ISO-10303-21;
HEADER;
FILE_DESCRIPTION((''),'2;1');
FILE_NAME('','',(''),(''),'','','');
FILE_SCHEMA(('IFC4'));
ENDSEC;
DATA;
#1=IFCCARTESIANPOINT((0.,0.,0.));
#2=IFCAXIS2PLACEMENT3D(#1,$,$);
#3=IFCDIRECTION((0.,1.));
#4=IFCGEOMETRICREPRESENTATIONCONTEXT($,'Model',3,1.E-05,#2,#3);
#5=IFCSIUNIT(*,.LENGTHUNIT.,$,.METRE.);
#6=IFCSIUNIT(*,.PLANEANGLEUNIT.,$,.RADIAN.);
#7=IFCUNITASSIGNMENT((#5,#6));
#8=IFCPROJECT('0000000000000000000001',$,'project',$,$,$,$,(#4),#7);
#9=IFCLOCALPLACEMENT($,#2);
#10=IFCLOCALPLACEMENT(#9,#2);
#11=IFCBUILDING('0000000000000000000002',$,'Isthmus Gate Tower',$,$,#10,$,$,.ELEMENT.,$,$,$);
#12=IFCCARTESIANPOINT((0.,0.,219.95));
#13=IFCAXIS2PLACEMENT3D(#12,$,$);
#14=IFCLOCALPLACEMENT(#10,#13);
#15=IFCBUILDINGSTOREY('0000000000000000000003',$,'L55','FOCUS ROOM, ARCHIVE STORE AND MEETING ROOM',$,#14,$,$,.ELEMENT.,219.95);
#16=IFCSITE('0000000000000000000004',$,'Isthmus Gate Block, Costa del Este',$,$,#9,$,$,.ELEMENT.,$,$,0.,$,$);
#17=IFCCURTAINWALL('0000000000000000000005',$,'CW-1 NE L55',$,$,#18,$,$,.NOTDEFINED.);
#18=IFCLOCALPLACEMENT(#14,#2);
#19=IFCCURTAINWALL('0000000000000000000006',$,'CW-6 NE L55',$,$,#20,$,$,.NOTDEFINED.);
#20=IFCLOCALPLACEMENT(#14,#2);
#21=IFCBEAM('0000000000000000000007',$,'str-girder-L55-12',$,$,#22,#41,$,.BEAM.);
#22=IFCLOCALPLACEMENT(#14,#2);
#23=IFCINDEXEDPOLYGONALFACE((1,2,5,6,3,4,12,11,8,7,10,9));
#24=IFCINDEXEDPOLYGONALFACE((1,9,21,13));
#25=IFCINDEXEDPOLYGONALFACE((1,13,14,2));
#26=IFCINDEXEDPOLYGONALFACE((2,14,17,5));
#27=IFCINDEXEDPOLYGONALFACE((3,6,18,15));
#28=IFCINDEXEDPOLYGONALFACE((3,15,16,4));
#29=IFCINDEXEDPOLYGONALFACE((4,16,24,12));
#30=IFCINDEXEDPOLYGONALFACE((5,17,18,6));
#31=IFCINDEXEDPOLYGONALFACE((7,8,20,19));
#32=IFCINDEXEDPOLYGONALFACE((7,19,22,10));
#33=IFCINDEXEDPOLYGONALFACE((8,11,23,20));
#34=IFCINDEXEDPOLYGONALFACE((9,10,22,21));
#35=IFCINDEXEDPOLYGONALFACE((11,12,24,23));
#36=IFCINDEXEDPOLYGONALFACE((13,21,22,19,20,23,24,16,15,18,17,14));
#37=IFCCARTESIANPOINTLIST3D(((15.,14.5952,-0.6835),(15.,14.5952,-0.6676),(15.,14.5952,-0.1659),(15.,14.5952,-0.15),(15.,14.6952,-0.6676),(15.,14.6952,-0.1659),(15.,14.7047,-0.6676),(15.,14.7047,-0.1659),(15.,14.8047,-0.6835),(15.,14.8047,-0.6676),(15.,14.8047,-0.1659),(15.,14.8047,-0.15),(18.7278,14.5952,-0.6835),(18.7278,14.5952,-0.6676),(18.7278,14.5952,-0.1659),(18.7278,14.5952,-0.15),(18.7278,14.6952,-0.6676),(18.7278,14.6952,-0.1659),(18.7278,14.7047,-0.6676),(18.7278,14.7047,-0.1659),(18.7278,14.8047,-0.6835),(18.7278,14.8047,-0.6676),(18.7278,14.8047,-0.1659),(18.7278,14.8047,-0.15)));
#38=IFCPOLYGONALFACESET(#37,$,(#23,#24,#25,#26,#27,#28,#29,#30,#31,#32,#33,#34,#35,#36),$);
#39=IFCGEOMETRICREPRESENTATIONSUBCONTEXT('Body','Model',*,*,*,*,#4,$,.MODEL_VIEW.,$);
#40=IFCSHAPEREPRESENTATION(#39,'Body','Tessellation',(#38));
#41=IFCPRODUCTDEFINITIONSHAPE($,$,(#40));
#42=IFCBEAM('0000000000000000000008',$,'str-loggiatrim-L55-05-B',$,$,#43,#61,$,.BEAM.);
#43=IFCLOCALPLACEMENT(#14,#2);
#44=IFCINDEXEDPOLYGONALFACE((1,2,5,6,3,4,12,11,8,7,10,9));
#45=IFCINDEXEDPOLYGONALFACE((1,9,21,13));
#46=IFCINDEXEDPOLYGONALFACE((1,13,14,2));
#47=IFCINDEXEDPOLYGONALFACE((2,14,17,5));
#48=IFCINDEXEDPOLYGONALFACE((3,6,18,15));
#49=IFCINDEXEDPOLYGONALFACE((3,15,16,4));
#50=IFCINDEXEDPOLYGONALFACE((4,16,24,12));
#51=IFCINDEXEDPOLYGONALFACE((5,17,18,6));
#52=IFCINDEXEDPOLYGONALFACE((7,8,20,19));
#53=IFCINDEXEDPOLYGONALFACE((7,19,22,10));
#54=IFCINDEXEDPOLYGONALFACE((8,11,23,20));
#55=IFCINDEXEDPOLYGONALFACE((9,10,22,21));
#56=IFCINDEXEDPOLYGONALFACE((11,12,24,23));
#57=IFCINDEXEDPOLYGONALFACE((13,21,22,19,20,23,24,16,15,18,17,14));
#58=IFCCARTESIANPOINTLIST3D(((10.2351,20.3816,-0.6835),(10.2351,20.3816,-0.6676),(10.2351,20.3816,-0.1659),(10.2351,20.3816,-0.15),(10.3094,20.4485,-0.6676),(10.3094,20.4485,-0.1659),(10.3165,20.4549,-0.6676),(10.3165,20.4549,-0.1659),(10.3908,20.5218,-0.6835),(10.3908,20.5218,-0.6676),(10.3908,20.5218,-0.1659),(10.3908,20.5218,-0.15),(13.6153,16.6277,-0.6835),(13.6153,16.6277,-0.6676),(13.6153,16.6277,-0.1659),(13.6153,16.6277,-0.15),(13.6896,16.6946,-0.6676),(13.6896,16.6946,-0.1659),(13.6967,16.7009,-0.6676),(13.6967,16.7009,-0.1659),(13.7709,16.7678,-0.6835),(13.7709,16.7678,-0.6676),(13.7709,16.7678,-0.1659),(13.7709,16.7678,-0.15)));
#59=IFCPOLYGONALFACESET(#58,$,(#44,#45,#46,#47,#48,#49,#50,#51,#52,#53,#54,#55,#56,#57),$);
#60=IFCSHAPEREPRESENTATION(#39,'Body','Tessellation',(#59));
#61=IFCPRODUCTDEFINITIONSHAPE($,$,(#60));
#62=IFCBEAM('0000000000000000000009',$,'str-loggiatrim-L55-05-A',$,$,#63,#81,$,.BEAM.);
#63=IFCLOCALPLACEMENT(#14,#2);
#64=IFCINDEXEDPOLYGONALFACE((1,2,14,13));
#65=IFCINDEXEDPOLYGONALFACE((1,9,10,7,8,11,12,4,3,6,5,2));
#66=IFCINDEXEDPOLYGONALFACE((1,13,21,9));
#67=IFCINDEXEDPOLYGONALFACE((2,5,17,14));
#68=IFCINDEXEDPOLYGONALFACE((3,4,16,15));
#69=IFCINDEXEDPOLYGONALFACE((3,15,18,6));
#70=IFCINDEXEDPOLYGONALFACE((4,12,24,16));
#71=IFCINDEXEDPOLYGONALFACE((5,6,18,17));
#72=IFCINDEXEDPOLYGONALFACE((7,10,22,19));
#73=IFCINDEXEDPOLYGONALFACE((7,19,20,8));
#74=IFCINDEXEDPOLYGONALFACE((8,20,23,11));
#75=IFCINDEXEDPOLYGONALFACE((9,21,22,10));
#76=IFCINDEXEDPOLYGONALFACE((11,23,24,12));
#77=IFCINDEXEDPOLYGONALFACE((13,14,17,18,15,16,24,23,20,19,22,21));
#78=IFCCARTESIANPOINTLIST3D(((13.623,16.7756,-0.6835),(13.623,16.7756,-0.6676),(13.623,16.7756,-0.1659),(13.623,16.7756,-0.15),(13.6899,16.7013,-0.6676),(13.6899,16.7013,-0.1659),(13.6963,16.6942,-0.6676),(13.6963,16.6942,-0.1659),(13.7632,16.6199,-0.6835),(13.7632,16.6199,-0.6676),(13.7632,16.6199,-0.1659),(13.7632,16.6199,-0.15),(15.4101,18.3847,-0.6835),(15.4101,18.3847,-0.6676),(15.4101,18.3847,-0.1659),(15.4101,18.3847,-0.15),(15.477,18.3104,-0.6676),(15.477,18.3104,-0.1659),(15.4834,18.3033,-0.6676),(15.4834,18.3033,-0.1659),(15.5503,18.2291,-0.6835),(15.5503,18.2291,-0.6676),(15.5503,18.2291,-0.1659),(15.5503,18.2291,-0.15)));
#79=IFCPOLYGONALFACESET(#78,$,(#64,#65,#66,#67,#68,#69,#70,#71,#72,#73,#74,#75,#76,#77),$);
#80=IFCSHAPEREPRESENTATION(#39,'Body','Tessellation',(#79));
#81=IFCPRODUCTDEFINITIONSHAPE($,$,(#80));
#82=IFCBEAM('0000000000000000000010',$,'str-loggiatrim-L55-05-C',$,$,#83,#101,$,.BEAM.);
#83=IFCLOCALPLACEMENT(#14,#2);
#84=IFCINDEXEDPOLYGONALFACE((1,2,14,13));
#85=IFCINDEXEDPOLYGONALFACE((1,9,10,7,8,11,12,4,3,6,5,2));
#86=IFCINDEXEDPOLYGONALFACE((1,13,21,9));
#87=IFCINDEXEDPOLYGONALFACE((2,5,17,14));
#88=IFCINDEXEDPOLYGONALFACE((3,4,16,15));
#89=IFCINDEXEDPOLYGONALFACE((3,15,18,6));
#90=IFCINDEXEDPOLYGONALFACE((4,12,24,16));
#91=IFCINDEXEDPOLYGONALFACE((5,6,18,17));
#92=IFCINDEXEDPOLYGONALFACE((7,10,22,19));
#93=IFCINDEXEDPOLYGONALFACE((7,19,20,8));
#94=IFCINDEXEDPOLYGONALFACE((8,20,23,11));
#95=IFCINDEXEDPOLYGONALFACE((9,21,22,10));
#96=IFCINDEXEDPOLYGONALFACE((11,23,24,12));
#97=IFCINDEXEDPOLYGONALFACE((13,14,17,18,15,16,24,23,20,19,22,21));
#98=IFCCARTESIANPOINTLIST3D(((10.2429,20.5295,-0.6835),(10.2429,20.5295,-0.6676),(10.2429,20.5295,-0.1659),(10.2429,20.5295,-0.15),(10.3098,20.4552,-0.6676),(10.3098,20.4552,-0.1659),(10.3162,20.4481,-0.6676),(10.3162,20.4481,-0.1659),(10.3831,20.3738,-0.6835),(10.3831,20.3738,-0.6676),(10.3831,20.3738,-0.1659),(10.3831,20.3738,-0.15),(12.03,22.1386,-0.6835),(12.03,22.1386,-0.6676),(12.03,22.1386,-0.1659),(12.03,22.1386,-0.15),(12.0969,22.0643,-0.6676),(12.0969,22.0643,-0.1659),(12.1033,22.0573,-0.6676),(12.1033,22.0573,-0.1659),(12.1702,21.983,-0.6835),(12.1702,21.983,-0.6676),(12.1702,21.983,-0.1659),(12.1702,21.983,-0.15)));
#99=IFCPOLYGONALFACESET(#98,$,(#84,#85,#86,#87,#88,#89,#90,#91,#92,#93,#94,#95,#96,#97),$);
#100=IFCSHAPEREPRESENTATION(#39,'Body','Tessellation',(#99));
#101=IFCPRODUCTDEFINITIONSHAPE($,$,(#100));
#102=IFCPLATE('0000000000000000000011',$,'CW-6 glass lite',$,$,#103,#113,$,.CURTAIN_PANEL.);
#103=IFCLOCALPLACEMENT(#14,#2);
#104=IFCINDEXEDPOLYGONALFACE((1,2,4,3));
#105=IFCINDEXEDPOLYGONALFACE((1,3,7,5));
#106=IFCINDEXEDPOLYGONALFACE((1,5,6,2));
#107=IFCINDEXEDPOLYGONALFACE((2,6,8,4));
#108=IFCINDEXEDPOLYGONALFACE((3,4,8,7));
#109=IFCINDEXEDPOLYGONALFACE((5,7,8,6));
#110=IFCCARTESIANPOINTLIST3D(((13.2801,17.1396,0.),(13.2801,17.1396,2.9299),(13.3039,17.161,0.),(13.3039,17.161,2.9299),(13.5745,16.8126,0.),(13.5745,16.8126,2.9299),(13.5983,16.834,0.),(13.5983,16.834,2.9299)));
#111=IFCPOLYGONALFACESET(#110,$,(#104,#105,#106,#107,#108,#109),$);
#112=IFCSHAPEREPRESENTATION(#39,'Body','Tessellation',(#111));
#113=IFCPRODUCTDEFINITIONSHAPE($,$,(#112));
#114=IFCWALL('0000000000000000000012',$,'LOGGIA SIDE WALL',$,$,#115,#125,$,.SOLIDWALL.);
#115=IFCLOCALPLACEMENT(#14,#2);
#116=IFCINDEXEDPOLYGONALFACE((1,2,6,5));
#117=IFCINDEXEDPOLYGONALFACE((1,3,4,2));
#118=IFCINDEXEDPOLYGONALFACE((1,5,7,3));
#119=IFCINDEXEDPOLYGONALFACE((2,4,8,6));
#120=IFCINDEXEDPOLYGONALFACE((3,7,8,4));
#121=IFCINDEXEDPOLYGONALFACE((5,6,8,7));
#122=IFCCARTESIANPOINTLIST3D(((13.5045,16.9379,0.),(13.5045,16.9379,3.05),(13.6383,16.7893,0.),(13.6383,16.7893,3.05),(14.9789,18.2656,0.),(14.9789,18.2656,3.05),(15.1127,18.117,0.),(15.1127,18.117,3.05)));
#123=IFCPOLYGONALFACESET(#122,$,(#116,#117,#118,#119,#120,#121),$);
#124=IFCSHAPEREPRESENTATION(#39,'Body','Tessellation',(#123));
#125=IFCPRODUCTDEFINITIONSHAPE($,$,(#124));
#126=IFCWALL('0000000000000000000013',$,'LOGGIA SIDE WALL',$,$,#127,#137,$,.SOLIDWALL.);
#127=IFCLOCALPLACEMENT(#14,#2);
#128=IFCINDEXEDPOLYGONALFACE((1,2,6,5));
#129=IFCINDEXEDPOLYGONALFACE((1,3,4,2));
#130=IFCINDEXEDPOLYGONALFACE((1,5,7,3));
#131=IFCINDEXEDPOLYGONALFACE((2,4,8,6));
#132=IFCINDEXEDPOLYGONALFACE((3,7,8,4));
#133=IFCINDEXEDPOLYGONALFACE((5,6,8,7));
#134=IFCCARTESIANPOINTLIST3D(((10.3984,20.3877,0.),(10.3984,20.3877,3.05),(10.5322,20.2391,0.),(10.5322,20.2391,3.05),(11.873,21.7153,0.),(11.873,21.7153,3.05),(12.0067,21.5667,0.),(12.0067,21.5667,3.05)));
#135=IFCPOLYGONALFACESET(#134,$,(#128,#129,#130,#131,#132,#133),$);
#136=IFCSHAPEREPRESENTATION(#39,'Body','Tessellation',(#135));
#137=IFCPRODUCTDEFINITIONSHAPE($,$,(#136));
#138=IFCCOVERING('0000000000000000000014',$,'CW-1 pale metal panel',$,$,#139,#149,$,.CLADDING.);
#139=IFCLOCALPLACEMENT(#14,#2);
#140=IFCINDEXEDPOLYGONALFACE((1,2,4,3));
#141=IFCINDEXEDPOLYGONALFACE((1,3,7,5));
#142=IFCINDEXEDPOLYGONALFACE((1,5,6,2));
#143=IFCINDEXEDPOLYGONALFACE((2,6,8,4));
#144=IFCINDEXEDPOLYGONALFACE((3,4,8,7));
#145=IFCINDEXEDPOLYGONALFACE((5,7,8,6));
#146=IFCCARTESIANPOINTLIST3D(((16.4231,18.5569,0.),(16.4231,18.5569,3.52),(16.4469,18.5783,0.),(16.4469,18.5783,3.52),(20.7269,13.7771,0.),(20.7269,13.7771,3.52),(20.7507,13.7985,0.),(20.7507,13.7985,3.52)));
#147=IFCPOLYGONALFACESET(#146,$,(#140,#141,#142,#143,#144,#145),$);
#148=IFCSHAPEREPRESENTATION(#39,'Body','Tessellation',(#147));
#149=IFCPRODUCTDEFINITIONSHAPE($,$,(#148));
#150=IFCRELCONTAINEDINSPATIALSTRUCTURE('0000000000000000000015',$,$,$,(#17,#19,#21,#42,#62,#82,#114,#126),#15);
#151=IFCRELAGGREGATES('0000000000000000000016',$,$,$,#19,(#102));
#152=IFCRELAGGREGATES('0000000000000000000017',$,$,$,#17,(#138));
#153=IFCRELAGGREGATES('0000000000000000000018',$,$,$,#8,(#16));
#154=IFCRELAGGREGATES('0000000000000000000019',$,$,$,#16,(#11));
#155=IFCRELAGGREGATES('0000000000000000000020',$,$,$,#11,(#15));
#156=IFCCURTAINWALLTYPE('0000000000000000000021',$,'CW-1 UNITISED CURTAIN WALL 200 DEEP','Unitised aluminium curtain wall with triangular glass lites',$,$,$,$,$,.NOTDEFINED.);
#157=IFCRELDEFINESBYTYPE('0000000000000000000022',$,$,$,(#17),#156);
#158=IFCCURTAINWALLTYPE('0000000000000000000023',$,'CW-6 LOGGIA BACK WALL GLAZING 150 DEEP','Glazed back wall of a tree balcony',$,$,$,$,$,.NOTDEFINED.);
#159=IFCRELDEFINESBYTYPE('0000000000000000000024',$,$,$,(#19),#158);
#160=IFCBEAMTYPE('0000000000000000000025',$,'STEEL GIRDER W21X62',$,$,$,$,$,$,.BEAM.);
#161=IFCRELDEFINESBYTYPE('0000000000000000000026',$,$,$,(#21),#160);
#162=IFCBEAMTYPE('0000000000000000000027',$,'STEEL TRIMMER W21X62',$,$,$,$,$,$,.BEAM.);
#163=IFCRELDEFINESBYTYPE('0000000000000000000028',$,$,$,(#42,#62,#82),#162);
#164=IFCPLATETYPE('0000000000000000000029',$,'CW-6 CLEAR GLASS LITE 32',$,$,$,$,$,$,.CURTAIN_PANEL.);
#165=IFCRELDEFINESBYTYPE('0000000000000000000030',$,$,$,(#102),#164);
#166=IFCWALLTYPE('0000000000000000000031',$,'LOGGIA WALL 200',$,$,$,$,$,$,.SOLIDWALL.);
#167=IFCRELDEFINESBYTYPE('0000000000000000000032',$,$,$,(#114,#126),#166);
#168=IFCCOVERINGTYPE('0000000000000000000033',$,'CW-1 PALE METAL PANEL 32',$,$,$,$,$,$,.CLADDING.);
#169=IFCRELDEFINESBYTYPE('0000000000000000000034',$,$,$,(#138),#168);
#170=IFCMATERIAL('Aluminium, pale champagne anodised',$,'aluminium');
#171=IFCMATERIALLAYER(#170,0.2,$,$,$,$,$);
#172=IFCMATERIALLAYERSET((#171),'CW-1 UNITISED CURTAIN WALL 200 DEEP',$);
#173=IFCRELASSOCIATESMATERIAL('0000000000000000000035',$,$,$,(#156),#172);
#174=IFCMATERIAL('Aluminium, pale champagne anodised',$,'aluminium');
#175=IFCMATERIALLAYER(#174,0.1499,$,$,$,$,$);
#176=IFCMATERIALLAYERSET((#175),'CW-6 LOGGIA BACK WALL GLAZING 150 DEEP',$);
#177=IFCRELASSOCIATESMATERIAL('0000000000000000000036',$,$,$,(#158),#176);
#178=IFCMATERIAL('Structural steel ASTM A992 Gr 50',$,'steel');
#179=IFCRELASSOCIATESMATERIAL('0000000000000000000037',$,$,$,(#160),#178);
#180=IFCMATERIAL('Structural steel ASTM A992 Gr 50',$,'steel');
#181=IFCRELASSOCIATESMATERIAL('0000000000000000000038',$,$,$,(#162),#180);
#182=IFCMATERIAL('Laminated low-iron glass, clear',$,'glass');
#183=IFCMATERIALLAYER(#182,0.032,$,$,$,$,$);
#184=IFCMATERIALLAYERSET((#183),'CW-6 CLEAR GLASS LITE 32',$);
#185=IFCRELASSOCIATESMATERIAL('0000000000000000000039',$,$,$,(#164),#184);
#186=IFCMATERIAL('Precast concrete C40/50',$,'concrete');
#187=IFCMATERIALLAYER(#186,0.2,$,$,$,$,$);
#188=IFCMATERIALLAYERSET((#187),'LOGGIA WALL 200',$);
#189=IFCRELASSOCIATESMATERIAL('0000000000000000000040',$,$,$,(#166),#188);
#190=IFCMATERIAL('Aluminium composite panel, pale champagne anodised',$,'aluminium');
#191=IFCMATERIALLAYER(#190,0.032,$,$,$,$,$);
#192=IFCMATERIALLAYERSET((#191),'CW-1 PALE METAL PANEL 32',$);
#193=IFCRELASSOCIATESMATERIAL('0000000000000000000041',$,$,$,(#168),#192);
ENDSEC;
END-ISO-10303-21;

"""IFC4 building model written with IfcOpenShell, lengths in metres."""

from ifc_helpers import new_model, si_unit, direction, frame, frame_2d, origin, origin_2d, place, context, subcontext, project, spatial, rectangle, i_section, extrude, material, layer, layer_set, material_profile, profile_set, type_object, element, aggregate, save


model = new_model("IFC4")

# Units and contexts
model_context = context("Model", 3, precision=1e-05, world=origin(), true_north=direction((0.0, 1.0)))
body_context = subcontext(model_context, "Body", "Model", "MODEL_VIEW")
ifc_project = project(units=[si_unit("LENGTHUNIT", "METRE"), si_unit("PLANEANGLEUNIT", "RADIAN")], contexts=[model_context])

# Site, building, storey
site_placement = place(None, origin())
site = spatial("IfcSite", under=ifc_project, at=site_placement, Name="Isthmus Gate Block, Costa del Este", CompositionType="ELEMENT", RefElevation=0.0)
building_placement = place(site_placement, origin())
building = spatial("IfcBuilding", under=site, at=building_placement, Name="Isthmus Gate Tower", CompositionType="ELEMENT")
storey_placement = place(building_placement, frame((0.0, 0.0, 219.95)))
storey = spatial("IfcBuildingStorey", under=building, at=storey_placement, Name="L55", Description="FOCUS ROOM, ARCHIVE STORE AND MEETING ROOM", CompositionType="ELEMENT", Elevation=219.95)

# Curtain wall
ifc_material_1 = material(Name="Aluminium, pale champagne anodised", Category="aluminium")
ifc_layer_1 = layer(ifc_material_1, 0.2)
ifc_layer_set_1 = layer_set([ifc_layer_1], Name="CW-1 UNITISED CURTAIN WALL 200 DEEP")
curtain_wall_type_1 = type_object("IfcCurtainWallType", Name="CW-1 UNITISED CURTAIN WALL 200 DEEP", Description="Unitised aluminium curtain wall with triangular glass lites", PredefinedType="NOTDEFINED", material=ifc_layer_set_1)
curtain_wall_1_placement = place(storey_placement, origin())
curtain_wall_1 = element("IfcCurtainWall", 1, at=curtain_wall_1_placement, inside=storey, type_object=curtain_wall_type_1, Name="CW-1 NE L55", PredefinedType="NOTDEFINED")

# Curtain wall
ifc_material_2 = material(Name="Aluminium, pale champagne anodised", Category="aluminium")
ifc_layer_2 = layer(ifc_material_2, 0.1499)
ifc_layer_set_2 = layer_set([ifc_layer_2], Name="CW-6 LOGGIA BACK WALL GLAZING 150 DEEP")
curtain_wall_type_2 = type_object("IfcCurtainWallType", Name="CW-6 LOGGIA BACK WALL GLAZING 150 DEEP", Description="Glazed back wall of a tree balcony", PredefinedType="NOTDEFINED", material=ifc_layer_set_2)
curtain_wall_2_placement = place(storey_placement, origin())
curtain_wall_2 = element("IfcCurtainWall", 2, at=curtain_wall_2_placement, inside=storey, type_object=curtain_wall_type_2, Name="CW-6 NE L55", PredefinedType="NOTDEFINED")

# Beams
ifc_material_3 = material(Name="Structural steel ASTM A992 Gr 50", Category="steel")
ifc_material_profile_1 = material_profile(ifc_material_3, i_section(OverallWidth=0.2095, OverallDepth=0.5334, WebThickness=0.0095, FlangeThickness=0.0159, at=origin_2d()), Name="W21X62")
ifc_profile_set_1 = profile_set([ifc_material_profile_1], Name="Structural steel ASTM A992 Gr 50")
beam_type_1 = type_object("IfcBeamType", Name="STEEL GIRDER W21X62", PredefinedType="BEAM", material=ifc_profile_set_1)
beam_1_placement = place(storey_placement, frame((15.0, 14.7, -0.4167), z_axis=(1.0, 0.0, 0.0), x_axis=(0.0, 1.0, 0.0)))
element("IfcBeam", 3, at=beam_1_placement, inside=storey, type_object=beam_type_1, Name="str-girder-L55-12", PredefinedType="BEAM", context=body_context, shape_type="SweptSolid", body=[
    extrude(i_section(OverallWidth=0.2095, OverallDepth=0.5334, WebThickness=0.0095, FlangeThickness=0.0159, at=origin_2d()), origin(), (0.0, 0.0, 1.0), 3.7278),
])
ifc_material_4 = material(Name="Structural steel ASTM A992 Gr 50", Category="steel")
ifc_material_profile_2 = material_profile(ifc_material_4, i_section(OverallWidth=0.2095, OverallDepth=0.5334, WebThickness=0.0095, FlangeThickness=0.0159, at=origin_2d()), Name="W21X62")
ifc_profile_set_2 = profile_set([ifc_material_profile_2], Name="Structural steel ASTM A992 Gr 50")
beam_type_2 = type_object("IfcBeamType", Name="STEEL TRIMMER W21X62", PredefinedType="BEAM", material=ifc_profile_set_2)
beam_2_placement = place(storey_placement, frame((13.6931, 16.6978, -0.4167), z_axis=(-0.669141, 0.743136, 0.0), x_axis=(-0.743136, -0.669141, 0.0)))
element("IfcBeam", 4, at=beam_2_placement, inside=storey, type_object=beam_type_2, Name="str-loggiatrim-L55-05-B", PredefinedType="BEAM", context=body_context, shape_type="SweptSolid", body=[
    extrude(i_section(OverallWidth=0.2095, OverallDepth=0.5334, WebThickness=0.0095, FlangeThickness=0.0159, at=origin_2d()), origin(), (0.0, 0.0, 1.0), 5.0515),
])
for number, where, z_axis, x_axis, name in (
    (5, (15.4802, 18.3069, -0.4167), (-0.743143, -0.669133, 0.0), (0.669133, -0.743143, 0.0), "str-loggiatrim-L55-05-A"),
    (6, (12.1001, 22.0608, -0.4167), (-0.743143, -0.669133, 0.0), (0.669133, -0.743143, 0.0), "str-loggiatrim-L55-05-C"),
):
    element("IfcBeam", number, at=place(storey_placement, frame(where, z_axis=z_axis, x_axis=x_axis)), inside=storey, type_object=beam_type_2, Name=name, PredefinedType="BEAM", context=body_context, shape_type="SweptSolid", body=[
        extrude(i_section(OverallWidth=0.2095, OverallDepth=0.5334, WebThickness=0.0095, FlangeThickness=0.0159, at=origin_2d()), origin(), (0.0, 0.0, 1.0), 2.4048),
    ])

# Plate
ifc_material_5 = material(Name="Laminated low-iron glass, clear", Category="glass")
ifc_layer_3 = layer(ifc_material_5, 0.032)
ifc_layer_set_3 = layer_set([ifc_layer_3], Name="CW-6 CLEAR GLASS LITE 32")
plate_type = type_object("IfcPlateType", Name="CW-6 CLEAR GLASS LITE 32", PredefinedType="CURTAIN_PANEL", material=ifc_layer_set_3)
plate_placement = place(storey_placement, frame((13.4392, 16.9868, 0.0), z_axis=(0.0, 0.0, 1.0), x_axis=(-0.669131, 0.743145, 0.0)))
plate = element("IfcPlate", 7, at=plate_placement, type_object=plate_type, Name="CW-6 glass lite", PredefinedType="CURTAIN_PANEL", context=body_context, shape_type="SweptSolid", body=[
    extrude(rectangle(XDim=0.4399, YDim=0.032, at=origin_2d()), origin(), (0.0, 0.0, 1.0), 2.9299),
])
aggregate(curtain_wall_2, [plate])

# Shared definitions
ifc_material_6 = material(Name="Precast concrete C40/50", Category="concrete")
ifc_layer_4 = layer(ifc_material_6, 0.2)
ifc_layer_set_4 = layer_set([ifc_layer_4], Name="LOGGIA WALL 200")
wall_type = type_object("IfcWallType", Name="LOGGIA WALL 200", PredefinedType="SOLIDWALL", material=ifc_layer_set_4)

# Walls
for number, where, z_axis, x_axis, name in (
    (8, (15.0459, 18.1914, 0.0), (0.0, 0.0, 1.0), (-0.743117, -0.669162, 0.0), "LOGGIA SIDE WALL"),
    (9, (11.9399, 21.6411, 0.0), (0.0, 0.0, 1.0), (-0.743172, -0.669101, 0.0), "LOGGIA SIDE WALL"),
):
    element("IfcWall", number, at=place(storey_placement, frame(where, z_axis=z_axis, x_axis=x_axis)), inside=storey, type_object=wall_type, Name=name, PredefinedType="SOLIDWALL", context=body_context, shape_type="SweptSolid", body=[
        extrude(rectangle(XDim=1.9841, YDim=0.2, at=frame_2d((0.9922, 0.0))), origin(), (0.0, 0.0, 1.0), 3.05),
    ])

# Covering
ifc_material_7 = material(Name="Aluminium composite panel, pale champagne anodised", Category="aluminium")
ifc_layer_5 = layer(ifc_material_7, 0.032)
ifc_layer_set_5 = layer_set([ifc_layer_5], Name="CW-1 PALE METAL PANEL 32")
covering_type = type_object("IfcCoveringType", Name="CW-1 PALE METAL PANEL 32", PredefinedType="CLADDING", material=ifc_layer_set_5)
covering_placement = place(storey_placement, frame((18.5869, 16.1777, 0.0), z_axis=(0.0, 0.0, 1.0), x_axis=(-0.669131, 0.743145, 0.0)))
covering = element("IfcCovering", 10, at=covering_placement, type_object=covering_type, Name="CW-1 pale metal panel", PredefinedType="CLADDING", context=body_context, shape_type="SweptSolid", body=[
    extrude(rectangle(XDim=6.4319, YDim=0.032, at=origin_2d()), origin(), (0.0, 0.0, 1.0), 3.52),
])
aggregate(curtain_wall_1, [covering])

save(model, "model.ifc")
